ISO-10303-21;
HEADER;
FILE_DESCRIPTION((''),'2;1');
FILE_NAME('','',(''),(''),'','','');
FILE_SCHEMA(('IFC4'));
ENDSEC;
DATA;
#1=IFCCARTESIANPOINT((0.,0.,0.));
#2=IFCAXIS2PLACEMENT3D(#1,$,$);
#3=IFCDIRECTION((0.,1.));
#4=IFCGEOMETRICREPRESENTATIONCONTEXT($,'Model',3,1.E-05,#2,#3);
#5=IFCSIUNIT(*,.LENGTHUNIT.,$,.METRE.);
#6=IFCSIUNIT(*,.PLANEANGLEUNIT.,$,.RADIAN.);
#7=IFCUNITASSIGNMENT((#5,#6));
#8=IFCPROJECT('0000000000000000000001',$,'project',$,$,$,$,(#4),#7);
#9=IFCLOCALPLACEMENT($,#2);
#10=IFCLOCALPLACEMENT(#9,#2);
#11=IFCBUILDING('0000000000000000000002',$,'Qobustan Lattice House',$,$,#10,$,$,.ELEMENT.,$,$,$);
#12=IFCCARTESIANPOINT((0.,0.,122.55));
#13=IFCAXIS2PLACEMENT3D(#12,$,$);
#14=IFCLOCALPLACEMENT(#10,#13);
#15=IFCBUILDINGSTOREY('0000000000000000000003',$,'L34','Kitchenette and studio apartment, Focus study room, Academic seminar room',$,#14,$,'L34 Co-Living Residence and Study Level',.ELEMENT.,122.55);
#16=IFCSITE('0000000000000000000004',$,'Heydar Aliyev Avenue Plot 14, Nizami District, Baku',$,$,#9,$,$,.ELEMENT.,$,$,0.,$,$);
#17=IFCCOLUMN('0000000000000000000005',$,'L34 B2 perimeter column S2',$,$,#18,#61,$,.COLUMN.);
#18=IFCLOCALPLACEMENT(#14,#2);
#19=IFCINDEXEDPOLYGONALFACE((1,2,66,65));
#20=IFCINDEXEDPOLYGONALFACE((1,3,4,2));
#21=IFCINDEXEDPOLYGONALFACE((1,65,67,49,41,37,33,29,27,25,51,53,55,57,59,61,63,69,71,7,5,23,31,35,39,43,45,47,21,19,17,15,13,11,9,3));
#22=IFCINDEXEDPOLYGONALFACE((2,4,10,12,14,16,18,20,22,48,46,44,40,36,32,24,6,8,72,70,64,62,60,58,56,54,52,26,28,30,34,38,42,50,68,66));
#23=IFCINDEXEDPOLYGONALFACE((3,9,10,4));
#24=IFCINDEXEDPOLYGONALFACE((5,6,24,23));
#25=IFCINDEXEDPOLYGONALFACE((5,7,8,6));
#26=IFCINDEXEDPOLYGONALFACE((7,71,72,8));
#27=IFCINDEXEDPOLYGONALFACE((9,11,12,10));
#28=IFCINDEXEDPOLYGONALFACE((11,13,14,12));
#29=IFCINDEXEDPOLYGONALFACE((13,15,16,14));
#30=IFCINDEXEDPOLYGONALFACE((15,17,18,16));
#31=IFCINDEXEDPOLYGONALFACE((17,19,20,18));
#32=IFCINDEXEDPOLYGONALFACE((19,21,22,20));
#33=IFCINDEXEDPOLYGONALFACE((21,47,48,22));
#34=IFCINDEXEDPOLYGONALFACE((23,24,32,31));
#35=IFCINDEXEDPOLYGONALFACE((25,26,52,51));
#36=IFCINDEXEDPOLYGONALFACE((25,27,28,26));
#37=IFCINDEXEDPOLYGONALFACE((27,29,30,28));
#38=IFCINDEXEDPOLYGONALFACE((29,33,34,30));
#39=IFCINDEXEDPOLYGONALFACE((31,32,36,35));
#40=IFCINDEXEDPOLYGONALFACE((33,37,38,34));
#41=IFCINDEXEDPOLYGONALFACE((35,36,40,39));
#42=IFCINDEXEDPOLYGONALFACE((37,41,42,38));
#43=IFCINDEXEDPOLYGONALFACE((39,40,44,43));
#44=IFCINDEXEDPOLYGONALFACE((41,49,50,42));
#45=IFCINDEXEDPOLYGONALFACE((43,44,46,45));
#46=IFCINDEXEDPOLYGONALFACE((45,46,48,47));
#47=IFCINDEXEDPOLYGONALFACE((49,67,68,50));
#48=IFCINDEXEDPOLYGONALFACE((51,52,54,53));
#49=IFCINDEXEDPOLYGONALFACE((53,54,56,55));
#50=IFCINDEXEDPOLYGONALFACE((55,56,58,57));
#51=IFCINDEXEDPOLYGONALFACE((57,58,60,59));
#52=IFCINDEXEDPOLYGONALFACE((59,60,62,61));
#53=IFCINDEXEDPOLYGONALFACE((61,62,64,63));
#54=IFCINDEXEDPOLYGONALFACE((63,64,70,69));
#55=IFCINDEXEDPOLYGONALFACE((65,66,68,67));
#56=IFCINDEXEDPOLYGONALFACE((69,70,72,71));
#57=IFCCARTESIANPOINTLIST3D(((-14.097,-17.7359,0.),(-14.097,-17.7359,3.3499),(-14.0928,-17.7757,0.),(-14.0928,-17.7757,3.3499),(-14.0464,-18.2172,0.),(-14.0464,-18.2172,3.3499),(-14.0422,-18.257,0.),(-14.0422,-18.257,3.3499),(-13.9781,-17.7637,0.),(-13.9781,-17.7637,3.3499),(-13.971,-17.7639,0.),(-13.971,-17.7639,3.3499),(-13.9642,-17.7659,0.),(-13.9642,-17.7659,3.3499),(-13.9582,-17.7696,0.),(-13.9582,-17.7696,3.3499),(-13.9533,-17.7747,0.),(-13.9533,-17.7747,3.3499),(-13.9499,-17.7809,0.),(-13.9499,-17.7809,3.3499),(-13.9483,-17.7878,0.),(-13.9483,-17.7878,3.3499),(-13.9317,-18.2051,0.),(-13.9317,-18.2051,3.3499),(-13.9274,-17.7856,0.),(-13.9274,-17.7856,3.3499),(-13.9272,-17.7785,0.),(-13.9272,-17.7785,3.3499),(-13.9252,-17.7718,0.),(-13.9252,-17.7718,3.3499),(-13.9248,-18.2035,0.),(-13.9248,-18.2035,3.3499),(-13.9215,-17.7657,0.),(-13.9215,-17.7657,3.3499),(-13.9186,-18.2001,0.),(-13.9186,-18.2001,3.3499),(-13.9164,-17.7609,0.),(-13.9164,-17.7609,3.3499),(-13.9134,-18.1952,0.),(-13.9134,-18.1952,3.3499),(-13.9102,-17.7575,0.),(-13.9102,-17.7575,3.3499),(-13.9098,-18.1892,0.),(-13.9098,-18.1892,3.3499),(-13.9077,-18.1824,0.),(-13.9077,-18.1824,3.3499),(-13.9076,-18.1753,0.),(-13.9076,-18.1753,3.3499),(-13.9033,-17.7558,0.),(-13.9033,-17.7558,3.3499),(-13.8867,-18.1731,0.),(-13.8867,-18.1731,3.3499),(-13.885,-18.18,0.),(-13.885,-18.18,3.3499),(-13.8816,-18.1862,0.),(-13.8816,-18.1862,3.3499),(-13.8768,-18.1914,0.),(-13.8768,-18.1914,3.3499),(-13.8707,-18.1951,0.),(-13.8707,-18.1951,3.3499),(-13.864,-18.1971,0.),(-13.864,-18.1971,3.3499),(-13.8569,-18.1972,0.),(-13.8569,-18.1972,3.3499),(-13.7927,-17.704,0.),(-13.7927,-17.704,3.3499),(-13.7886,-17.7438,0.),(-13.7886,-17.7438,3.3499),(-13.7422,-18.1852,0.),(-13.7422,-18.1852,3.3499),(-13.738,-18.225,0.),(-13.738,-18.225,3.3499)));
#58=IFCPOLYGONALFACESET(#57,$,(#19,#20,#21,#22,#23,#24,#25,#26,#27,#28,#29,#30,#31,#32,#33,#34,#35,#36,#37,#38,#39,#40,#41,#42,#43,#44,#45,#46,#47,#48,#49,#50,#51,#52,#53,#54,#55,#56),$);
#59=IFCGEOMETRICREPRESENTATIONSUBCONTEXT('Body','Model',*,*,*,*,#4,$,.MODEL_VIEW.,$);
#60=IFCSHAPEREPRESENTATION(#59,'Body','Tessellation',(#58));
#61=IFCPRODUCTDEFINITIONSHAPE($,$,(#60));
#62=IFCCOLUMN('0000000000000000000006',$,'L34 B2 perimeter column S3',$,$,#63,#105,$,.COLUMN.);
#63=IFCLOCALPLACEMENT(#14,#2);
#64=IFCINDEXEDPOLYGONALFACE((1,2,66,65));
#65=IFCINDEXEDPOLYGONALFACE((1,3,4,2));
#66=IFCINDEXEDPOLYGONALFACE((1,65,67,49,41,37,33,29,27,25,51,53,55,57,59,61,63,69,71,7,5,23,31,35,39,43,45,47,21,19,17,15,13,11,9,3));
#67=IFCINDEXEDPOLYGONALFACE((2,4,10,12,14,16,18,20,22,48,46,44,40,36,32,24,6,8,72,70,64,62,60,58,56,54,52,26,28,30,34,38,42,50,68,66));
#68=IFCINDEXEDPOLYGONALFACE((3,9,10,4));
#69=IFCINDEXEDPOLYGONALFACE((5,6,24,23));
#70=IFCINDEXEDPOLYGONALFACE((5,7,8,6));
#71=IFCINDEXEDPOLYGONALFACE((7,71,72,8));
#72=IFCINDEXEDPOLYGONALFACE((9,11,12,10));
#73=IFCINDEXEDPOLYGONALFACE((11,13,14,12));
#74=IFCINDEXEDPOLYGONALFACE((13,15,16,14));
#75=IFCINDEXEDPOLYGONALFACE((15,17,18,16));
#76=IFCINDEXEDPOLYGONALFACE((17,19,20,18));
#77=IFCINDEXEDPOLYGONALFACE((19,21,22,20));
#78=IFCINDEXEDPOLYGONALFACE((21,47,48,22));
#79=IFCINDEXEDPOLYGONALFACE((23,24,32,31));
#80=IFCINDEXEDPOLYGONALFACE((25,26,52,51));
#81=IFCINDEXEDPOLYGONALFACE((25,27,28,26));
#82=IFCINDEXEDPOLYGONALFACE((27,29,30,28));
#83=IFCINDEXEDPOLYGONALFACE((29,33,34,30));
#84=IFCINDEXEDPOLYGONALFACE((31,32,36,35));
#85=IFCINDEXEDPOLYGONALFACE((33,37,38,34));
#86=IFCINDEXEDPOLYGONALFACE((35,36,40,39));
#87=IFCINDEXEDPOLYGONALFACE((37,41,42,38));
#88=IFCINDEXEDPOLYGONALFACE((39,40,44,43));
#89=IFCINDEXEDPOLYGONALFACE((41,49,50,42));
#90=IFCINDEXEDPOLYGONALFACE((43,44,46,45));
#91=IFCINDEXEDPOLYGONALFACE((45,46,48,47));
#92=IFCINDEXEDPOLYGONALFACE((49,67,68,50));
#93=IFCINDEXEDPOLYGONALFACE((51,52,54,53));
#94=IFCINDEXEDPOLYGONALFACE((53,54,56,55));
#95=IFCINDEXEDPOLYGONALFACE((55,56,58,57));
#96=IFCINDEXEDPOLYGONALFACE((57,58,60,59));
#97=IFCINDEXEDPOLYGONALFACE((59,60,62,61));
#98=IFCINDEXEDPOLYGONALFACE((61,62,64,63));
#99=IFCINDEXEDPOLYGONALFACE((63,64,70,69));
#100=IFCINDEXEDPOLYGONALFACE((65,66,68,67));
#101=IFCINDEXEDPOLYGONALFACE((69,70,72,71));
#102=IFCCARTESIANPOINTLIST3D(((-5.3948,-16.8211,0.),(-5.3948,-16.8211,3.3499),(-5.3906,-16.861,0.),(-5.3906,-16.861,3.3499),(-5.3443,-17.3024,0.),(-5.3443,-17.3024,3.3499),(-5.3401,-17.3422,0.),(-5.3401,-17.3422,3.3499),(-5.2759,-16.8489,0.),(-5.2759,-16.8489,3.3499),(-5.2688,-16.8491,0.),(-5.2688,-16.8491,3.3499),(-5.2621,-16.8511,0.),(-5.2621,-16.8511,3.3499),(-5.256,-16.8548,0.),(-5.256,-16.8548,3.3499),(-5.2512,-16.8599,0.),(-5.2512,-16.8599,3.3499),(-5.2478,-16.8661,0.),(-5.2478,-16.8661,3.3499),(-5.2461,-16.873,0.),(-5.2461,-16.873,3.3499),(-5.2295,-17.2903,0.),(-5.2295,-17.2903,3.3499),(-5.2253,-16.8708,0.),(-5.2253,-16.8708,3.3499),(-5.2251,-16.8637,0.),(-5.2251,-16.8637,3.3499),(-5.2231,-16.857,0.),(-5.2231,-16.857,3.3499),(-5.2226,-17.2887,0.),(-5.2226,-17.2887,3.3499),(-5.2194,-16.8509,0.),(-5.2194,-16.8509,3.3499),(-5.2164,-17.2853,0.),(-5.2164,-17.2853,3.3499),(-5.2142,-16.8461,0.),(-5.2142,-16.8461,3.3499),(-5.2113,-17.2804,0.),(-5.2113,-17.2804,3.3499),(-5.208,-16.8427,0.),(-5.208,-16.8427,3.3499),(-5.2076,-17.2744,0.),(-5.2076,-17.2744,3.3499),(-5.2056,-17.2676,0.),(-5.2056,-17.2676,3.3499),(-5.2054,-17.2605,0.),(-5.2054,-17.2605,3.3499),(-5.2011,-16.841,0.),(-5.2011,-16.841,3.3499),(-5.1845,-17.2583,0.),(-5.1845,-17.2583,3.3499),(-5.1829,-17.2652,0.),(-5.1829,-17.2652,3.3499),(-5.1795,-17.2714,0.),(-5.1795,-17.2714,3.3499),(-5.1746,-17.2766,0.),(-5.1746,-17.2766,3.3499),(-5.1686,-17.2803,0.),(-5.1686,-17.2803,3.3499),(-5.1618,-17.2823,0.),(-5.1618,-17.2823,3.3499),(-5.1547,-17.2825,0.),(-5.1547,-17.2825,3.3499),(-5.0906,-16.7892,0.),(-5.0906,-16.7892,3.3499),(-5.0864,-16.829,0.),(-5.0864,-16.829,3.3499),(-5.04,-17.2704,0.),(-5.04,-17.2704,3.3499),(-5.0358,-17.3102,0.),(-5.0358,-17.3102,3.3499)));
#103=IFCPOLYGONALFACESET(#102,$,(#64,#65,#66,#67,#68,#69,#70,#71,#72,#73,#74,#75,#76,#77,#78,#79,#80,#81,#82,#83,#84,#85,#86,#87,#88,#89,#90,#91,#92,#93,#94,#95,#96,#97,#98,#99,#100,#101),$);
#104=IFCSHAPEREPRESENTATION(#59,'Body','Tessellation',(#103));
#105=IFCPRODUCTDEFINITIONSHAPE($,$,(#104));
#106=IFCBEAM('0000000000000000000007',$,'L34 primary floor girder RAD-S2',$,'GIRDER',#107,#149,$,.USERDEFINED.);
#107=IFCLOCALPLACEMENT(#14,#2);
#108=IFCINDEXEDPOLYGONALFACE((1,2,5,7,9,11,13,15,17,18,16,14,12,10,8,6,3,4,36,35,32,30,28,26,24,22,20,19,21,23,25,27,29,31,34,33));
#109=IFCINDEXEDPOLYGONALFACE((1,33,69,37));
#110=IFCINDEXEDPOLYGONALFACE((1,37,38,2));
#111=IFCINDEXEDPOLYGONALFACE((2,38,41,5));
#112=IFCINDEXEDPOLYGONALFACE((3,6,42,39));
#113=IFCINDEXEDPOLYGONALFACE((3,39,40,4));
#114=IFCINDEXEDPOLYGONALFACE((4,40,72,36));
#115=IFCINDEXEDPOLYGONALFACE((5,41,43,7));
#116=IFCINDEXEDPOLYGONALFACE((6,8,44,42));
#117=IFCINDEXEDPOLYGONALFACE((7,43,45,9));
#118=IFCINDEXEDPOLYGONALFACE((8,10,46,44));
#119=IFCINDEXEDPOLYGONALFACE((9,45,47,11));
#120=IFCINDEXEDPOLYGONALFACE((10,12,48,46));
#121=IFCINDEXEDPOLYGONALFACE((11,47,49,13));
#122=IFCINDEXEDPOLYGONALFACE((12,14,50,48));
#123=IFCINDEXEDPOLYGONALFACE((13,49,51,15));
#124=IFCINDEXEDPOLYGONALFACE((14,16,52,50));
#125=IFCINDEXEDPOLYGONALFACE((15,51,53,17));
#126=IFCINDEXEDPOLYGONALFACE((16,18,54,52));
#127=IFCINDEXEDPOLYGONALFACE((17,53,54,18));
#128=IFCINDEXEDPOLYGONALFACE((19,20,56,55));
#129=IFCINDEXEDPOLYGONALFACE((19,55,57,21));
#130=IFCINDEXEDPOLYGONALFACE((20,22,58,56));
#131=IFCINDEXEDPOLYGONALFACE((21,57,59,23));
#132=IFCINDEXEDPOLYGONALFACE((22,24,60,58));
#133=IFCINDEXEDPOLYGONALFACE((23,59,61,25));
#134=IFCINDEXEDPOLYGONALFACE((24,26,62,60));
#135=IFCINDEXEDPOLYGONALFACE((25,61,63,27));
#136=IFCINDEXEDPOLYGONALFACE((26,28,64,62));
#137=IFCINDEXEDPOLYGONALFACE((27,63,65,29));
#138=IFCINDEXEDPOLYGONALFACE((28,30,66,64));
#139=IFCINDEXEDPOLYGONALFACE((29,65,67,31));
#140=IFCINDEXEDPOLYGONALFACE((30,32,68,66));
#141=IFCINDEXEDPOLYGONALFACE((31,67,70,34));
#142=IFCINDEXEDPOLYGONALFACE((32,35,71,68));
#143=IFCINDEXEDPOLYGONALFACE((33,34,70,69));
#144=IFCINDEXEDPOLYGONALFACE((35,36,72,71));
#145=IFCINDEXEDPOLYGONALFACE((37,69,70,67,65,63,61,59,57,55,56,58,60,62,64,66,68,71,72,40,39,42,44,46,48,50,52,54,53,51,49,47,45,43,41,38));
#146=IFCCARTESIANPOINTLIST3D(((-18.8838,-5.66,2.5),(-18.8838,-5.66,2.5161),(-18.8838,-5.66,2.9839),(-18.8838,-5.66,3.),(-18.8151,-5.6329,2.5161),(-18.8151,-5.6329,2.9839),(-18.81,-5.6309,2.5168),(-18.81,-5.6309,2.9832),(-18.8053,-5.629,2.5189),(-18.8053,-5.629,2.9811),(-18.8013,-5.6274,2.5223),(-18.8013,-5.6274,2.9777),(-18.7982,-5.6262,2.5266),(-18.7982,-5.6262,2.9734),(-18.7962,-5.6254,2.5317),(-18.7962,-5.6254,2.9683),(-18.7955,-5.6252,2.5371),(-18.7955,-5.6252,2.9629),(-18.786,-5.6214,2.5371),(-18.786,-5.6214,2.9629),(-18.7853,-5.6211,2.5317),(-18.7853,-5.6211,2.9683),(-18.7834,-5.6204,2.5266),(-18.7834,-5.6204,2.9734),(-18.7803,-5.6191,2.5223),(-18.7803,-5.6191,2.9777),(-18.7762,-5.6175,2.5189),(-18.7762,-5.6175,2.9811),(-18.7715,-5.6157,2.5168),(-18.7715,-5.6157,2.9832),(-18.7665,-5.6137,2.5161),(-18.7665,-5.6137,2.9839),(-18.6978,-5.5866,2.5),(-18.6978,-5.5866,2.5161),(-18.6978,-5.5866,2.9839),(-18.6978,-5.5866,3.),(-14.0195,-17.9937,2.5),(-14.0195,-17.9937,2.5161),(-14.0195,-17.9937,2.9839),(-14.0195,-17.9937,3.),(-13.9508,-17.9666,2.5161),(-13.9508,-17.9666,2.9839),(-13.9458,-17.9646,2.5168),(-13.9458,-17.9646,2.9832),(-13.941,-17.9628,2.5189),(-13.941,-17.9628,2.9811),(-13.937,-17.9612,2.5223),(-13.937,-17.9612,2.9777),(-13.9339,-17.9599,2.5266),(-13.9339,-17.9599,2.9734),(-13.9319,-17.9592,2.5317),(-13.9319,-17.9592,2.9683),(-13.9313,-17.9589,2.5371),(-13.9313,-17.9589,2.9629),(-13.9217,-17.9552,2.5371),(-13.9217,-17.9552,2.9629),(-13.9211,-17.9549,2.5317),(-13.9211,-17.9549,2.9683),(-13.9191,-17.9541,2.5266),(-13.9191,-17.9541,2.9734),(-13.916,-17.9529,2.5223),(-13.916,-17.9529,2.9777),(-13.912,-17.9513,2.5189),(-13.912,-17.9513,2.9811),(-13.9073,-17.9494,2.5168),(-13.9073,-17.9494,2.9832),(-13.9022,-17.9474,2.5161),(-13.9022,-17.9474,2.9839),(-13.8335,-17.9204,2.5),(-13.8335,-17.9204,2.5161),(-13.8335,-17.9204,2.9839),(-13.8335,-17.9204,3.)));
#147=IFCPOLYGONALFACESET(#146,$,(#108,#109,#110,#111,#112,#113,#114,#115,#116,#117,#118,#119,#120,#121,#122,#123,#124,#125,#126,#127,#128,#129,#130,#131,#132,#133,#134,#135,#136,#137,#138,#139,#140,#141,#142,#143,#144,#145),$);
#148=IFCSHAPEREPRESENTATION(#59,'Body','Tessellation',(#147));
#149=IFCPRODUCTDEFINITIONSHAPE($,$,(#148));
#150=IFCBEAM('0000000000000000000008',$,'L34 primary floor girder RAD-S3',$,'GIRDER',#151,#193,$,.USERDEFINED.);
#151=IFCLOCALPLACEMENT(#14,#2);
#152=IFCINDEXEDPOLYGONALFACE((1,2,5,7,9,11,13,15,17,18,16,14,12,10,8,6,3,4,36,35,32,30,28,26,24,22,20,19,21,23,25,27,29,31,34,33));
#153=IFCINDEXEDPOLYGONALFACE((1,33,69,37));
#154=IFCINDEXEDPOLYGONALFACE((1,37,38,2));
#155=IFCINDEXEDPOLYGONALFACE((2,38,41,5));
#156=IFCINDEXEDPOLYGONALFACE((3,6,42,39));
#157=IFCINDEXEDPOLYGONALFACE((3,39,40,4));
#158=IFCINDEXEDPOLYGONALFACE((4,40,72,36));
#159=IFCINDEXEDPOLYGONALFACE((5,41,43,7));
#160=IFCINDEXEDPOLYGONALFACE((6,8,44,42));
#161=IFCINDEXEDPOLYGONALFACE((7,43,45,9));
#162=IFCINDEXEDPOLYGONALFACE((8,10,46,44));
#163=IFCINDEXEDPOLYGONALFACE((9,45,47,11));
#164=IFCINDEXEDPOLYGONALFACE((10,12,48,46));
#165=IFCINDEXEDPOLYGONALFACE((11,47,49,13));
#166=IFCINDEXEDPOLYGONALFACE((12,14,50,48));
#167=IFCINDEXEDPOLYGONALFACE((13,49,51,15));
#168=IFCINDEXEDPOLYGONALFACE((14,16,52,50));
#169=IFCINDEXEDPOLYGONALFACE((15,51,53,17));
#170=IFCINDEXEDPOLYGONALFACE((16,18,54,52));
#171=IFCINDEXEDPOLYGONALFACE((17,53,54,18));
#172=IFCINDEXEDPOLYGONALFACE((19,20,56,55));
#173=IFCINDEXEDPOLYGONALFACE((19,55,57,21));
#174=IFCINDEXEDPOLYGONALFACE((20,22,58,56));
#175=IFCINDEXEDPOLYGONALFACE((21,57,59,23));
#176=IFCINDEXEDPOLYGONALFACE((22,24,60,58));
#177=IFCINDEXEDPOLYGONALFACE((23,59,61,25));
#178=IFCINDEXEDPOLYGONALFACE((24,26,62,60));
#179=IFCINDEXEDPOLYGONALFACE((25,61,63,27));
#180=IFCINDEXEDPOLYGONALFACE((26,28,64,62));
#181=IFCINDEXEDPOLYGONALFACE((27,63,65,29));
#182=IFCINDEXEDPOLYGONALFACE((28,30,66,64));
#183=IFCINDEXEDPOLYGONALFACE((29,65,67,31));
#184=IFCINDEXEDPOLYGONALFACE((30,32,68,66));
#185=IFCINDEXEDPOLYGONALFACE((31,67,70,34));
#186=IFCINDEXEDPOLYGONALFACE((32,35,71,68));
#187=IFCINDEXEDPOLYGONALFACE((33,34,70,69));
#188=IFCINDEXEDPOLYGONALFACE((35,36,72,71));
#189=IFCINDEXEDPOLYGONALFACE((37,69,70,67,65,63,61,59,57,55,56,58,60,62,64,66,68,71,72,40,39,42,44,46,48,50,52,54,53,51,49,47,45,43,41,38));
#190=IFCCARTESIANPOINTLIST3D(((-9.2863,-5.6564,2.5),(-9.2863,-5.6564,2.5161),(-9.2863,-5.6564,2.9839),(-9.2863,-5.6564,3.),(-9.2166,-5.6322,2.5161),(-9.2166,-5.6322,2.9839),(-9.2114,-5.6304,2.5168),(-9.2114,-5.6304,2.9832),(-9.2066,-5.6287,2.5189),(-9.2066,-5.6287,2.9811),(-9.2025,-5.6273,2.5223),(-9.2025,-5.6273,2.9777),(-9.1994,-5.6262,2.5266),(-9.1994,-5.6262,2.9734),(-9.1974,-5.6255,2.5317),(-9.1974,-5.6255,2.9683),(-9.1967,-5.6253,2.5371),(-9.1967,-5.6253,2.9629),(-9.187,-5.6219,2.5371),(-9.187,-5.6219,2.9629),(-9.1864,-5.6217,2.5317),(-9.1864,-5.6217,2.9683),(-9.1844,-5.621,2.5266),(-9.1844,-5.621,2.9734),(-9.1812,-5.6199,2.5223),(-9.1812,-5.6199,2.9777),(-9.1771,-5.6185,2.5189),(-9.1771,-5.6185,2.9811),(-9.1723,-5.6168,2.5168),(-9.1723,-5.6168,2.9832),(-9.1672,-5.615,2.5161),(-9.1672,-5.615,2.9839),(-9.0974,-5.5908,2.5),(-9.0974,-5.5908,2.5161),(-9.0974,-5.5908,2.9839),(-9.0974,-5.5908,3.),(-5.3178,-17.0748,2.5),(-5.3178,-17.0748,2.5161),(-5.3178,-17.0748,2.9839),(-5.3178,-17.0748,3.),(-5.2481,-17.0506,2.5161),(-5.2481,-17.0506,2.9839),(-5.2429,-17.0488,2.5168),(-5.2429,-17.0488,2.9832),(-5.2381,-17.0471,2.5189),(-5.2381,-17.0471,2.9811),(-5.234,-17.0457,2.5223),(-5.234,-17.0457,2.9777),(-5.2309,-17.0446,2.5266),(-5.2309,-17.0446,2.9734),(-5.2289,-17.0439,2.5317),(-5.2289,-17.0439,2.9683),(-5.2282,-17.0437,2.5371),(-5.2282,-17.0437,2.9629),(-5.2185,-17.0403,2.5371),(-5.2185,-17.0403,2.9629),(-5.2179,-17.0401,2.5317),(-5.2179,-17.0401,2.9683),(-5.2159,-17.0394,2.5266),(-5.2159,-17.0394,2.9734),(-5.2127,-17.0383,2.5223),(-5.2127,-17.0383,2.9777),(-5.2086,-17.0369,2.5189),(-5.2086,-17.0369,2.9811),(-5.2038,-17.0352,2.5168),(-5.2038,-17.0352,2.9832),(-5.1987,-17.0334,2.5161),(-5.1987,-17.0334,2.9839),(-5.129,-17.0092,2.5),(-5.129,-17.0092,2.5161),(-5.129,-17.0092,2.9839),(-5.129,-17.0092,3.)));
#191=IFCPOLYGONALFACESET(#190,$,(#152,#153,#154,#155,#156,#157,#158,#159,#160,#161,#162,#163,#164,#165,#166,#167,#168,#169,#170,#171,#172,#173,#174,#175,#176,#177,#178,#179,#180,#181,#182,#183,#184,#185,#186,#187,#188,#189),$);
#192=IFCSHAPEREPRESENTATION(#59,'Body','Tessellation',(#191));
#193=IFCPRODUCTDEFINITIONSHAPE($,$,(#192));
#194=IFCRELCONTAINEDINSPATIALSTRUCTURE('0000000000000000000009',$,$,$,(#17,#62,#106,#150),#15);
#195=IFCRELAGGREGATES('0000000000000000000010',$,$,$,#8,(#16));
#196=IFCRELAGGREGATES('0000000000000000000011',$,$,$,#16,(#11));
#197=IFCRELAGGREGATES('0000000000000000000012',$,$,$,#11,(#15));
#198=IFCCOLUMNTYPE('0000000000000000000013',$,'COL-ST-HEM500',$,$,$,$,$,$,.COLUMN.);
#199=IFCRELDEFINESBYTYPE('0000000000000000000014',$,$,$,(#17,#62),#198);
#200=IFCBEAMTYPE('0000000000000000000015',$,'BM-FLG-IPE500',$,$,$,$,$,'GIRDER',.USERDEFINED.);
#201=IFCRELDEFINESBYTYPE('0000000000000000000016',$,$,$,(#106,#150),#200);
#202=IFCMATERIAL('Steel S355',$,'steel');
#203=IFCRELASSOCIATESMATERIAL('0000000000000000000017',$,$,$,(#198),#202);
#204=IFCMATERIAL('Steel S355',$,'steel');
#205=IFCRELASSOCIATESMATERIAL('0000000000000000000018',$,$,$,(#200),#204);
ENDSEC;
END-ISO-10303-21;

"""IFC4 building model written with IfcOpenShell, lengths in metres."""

from ifc_helpers import new_model, si_unit, direction, frame, origin, origin_2d, place, context, subcontext, project, spatial, i_section, extrude, material, material_profile, profile_set, type_object, element, save


model = new_model("IFC4")

# Units and contexts
model_context = context("Model", 3, precision=1e-05, world=origin(), true_north=direction((0.0, 1.0)))
body_context = subcontext(model_context, "Body", "Model", "MODEL_VIEW")
ifc_project = project(units=[si_unit("LENGTHUNIT", "METRE"), si_unit("PLANEANGLEUNIT", "RADIAN")], contexts=[model_context])

# Site, building, storey
site_placement = place(None, origin())
site = spatial("IfcSite", under=ifc_project, at=site_placement, Name="Heydar Aliyev Avenue Plot 14, Nizami District, Baku", CompositionType="ELEMENT", RefElevation=0.0)
building_placement = place(site_placement, origin())
building = spatial("IfcBuilding", under=site, at=building_placement, Name="Qobustan Lattice House", CompositionType="ELEMENT")
storey_placement = place(building_placement, frame((0.0, 0.0, 122.55)))
storey = spatial("IfcBuildingStorey", under=building, at=storey_placement, Name="L34", Description="Kitchenette and studio apartment, Focus study room, Academic seminar room", LongName="L34 Co-Living Residence and Study Level", CompositionType="ELEMENT", Elevation=122.55)

# Columns
ifc_material_1 = material(Name="Steel S355", Category="steel")
ifc_material_profile_1 = material_profile(ifc_material_1, i_section(OverallWidth=0.3059, OverallDepth=0.5239, WebThickness=0.021, FlangeThickness=0.04, FilletRadius=0.0271, at=origin_2d()), Name="HEM500")
ifc_profile_set_1 = profile_set([ifc_material_profile_1], Name="Steel S355")
column_type = type_object("IfcColumnType", Name="COL-ST-HEM500", PredefinedType="COLUMN", material=ifc_profile_set_1)
for number, where, z_axis, x_axis, name in (
    (1, (-13.9175, -17.9805, 0.0), (0.0, 0.0, 1.0), (0.994522, 0.104528, 0.0), "L34 B2 perimeter column S2"),
    (2, (-5.2153, -17.0657, 0.0), (0.0, 0.0, 1.0), (0.994522, 0.104528, 0.0), "L34 B2 perimeter column S3"),
):
    element("IfcColumn", number, at=place(storey_placement, frame(where, z_axis=z_axis, x_axis=x_axis)), inside=storey, type_object=column_type, Name=name, PredefinedType="COLUMN", context=body_context, shape_type="SweptSolid", body=[
        extrude(i_section(OverallWidth=0.3059, OverallDepth=0.5239, WebThickness=0.021, FlangeThickness=0.04, FilletRadius=0.0271, at=origin_2d()), origin(), (0.0, 0.0, 1.0), 3.3499),
    ])

# Beams
ifc_material_2 = material(Name="Steel S355", Category="steel")
ifc_material_profile_2 = material_profile(ifc_material_2, i_section(OverallWidth=0.2, OverallDepth=0.5, WebThickness=0.0103, FlangeThickness=0.0161, FilletRadius=0.021, at=origin_2d()), Name="IPE500")
ifc_profile_set_2 = profile_set([ifc_material_profile_2], Name="Steel S355")
beam_type_1 = type_object("IfcBeamType", Name="BM-FLG-IPE500", ElementType="GIRDER", PredefinedType="USERDEFINED", material=ifc_profile_set_2)
beam_1_placement = place(storey_placement, frame((-13.9265, -17.957, 2.75), z_axis=(-0.366884, 0.930267, 0.0), x_axis=(-0.930267, -0.366884, 0.0)))
element("IfcBeam", 3, at=beam_1_placement, inside=storey, type_object=beam_type_1, Name="L34 primary floor girder RAD-S2", ObjectType="GIRDER", PredefinedType="USERDEFINED", context=body_context, shape_type="SweptSolid", body=[
    extrude(i_section(OverallWidth=0.2, OverallDepth=0.5, WebThickness=0.0103, FlangeThickness=0.0161, FilletRadius=0.021, at=origin_2d()), origin(), (0.0, 0.0, 1.0), 13.2583),
])
beam_2_placement = place(storey_placement, frame((-5.2234, -17.042, 2.75), z_axis=(-0.32829, 0.944577, 0.0), x_axis=(-0.944577, -0.32829, 0.0)))
element("IfcBeam", 4, at=beam_2_placement, inside=storey, type_object=beam_type_1, Name="L34 primary floor girder RAD-S3", ObjectType="GIRDER", PredefinedType="USERDEFINED", context=body_context, shape_type="SweptSolid", body=[
    extrude(i_section(OverallWidth=0.2, OverallDepth=0.5, WebThickness=0.0103, FlangeThickness=0.0161, FilletRadius=0.021, at=origin_2d()), origin(), (0.0, 0.0, 1.0), 12.0884),
])

save(model, "model.ifc")
